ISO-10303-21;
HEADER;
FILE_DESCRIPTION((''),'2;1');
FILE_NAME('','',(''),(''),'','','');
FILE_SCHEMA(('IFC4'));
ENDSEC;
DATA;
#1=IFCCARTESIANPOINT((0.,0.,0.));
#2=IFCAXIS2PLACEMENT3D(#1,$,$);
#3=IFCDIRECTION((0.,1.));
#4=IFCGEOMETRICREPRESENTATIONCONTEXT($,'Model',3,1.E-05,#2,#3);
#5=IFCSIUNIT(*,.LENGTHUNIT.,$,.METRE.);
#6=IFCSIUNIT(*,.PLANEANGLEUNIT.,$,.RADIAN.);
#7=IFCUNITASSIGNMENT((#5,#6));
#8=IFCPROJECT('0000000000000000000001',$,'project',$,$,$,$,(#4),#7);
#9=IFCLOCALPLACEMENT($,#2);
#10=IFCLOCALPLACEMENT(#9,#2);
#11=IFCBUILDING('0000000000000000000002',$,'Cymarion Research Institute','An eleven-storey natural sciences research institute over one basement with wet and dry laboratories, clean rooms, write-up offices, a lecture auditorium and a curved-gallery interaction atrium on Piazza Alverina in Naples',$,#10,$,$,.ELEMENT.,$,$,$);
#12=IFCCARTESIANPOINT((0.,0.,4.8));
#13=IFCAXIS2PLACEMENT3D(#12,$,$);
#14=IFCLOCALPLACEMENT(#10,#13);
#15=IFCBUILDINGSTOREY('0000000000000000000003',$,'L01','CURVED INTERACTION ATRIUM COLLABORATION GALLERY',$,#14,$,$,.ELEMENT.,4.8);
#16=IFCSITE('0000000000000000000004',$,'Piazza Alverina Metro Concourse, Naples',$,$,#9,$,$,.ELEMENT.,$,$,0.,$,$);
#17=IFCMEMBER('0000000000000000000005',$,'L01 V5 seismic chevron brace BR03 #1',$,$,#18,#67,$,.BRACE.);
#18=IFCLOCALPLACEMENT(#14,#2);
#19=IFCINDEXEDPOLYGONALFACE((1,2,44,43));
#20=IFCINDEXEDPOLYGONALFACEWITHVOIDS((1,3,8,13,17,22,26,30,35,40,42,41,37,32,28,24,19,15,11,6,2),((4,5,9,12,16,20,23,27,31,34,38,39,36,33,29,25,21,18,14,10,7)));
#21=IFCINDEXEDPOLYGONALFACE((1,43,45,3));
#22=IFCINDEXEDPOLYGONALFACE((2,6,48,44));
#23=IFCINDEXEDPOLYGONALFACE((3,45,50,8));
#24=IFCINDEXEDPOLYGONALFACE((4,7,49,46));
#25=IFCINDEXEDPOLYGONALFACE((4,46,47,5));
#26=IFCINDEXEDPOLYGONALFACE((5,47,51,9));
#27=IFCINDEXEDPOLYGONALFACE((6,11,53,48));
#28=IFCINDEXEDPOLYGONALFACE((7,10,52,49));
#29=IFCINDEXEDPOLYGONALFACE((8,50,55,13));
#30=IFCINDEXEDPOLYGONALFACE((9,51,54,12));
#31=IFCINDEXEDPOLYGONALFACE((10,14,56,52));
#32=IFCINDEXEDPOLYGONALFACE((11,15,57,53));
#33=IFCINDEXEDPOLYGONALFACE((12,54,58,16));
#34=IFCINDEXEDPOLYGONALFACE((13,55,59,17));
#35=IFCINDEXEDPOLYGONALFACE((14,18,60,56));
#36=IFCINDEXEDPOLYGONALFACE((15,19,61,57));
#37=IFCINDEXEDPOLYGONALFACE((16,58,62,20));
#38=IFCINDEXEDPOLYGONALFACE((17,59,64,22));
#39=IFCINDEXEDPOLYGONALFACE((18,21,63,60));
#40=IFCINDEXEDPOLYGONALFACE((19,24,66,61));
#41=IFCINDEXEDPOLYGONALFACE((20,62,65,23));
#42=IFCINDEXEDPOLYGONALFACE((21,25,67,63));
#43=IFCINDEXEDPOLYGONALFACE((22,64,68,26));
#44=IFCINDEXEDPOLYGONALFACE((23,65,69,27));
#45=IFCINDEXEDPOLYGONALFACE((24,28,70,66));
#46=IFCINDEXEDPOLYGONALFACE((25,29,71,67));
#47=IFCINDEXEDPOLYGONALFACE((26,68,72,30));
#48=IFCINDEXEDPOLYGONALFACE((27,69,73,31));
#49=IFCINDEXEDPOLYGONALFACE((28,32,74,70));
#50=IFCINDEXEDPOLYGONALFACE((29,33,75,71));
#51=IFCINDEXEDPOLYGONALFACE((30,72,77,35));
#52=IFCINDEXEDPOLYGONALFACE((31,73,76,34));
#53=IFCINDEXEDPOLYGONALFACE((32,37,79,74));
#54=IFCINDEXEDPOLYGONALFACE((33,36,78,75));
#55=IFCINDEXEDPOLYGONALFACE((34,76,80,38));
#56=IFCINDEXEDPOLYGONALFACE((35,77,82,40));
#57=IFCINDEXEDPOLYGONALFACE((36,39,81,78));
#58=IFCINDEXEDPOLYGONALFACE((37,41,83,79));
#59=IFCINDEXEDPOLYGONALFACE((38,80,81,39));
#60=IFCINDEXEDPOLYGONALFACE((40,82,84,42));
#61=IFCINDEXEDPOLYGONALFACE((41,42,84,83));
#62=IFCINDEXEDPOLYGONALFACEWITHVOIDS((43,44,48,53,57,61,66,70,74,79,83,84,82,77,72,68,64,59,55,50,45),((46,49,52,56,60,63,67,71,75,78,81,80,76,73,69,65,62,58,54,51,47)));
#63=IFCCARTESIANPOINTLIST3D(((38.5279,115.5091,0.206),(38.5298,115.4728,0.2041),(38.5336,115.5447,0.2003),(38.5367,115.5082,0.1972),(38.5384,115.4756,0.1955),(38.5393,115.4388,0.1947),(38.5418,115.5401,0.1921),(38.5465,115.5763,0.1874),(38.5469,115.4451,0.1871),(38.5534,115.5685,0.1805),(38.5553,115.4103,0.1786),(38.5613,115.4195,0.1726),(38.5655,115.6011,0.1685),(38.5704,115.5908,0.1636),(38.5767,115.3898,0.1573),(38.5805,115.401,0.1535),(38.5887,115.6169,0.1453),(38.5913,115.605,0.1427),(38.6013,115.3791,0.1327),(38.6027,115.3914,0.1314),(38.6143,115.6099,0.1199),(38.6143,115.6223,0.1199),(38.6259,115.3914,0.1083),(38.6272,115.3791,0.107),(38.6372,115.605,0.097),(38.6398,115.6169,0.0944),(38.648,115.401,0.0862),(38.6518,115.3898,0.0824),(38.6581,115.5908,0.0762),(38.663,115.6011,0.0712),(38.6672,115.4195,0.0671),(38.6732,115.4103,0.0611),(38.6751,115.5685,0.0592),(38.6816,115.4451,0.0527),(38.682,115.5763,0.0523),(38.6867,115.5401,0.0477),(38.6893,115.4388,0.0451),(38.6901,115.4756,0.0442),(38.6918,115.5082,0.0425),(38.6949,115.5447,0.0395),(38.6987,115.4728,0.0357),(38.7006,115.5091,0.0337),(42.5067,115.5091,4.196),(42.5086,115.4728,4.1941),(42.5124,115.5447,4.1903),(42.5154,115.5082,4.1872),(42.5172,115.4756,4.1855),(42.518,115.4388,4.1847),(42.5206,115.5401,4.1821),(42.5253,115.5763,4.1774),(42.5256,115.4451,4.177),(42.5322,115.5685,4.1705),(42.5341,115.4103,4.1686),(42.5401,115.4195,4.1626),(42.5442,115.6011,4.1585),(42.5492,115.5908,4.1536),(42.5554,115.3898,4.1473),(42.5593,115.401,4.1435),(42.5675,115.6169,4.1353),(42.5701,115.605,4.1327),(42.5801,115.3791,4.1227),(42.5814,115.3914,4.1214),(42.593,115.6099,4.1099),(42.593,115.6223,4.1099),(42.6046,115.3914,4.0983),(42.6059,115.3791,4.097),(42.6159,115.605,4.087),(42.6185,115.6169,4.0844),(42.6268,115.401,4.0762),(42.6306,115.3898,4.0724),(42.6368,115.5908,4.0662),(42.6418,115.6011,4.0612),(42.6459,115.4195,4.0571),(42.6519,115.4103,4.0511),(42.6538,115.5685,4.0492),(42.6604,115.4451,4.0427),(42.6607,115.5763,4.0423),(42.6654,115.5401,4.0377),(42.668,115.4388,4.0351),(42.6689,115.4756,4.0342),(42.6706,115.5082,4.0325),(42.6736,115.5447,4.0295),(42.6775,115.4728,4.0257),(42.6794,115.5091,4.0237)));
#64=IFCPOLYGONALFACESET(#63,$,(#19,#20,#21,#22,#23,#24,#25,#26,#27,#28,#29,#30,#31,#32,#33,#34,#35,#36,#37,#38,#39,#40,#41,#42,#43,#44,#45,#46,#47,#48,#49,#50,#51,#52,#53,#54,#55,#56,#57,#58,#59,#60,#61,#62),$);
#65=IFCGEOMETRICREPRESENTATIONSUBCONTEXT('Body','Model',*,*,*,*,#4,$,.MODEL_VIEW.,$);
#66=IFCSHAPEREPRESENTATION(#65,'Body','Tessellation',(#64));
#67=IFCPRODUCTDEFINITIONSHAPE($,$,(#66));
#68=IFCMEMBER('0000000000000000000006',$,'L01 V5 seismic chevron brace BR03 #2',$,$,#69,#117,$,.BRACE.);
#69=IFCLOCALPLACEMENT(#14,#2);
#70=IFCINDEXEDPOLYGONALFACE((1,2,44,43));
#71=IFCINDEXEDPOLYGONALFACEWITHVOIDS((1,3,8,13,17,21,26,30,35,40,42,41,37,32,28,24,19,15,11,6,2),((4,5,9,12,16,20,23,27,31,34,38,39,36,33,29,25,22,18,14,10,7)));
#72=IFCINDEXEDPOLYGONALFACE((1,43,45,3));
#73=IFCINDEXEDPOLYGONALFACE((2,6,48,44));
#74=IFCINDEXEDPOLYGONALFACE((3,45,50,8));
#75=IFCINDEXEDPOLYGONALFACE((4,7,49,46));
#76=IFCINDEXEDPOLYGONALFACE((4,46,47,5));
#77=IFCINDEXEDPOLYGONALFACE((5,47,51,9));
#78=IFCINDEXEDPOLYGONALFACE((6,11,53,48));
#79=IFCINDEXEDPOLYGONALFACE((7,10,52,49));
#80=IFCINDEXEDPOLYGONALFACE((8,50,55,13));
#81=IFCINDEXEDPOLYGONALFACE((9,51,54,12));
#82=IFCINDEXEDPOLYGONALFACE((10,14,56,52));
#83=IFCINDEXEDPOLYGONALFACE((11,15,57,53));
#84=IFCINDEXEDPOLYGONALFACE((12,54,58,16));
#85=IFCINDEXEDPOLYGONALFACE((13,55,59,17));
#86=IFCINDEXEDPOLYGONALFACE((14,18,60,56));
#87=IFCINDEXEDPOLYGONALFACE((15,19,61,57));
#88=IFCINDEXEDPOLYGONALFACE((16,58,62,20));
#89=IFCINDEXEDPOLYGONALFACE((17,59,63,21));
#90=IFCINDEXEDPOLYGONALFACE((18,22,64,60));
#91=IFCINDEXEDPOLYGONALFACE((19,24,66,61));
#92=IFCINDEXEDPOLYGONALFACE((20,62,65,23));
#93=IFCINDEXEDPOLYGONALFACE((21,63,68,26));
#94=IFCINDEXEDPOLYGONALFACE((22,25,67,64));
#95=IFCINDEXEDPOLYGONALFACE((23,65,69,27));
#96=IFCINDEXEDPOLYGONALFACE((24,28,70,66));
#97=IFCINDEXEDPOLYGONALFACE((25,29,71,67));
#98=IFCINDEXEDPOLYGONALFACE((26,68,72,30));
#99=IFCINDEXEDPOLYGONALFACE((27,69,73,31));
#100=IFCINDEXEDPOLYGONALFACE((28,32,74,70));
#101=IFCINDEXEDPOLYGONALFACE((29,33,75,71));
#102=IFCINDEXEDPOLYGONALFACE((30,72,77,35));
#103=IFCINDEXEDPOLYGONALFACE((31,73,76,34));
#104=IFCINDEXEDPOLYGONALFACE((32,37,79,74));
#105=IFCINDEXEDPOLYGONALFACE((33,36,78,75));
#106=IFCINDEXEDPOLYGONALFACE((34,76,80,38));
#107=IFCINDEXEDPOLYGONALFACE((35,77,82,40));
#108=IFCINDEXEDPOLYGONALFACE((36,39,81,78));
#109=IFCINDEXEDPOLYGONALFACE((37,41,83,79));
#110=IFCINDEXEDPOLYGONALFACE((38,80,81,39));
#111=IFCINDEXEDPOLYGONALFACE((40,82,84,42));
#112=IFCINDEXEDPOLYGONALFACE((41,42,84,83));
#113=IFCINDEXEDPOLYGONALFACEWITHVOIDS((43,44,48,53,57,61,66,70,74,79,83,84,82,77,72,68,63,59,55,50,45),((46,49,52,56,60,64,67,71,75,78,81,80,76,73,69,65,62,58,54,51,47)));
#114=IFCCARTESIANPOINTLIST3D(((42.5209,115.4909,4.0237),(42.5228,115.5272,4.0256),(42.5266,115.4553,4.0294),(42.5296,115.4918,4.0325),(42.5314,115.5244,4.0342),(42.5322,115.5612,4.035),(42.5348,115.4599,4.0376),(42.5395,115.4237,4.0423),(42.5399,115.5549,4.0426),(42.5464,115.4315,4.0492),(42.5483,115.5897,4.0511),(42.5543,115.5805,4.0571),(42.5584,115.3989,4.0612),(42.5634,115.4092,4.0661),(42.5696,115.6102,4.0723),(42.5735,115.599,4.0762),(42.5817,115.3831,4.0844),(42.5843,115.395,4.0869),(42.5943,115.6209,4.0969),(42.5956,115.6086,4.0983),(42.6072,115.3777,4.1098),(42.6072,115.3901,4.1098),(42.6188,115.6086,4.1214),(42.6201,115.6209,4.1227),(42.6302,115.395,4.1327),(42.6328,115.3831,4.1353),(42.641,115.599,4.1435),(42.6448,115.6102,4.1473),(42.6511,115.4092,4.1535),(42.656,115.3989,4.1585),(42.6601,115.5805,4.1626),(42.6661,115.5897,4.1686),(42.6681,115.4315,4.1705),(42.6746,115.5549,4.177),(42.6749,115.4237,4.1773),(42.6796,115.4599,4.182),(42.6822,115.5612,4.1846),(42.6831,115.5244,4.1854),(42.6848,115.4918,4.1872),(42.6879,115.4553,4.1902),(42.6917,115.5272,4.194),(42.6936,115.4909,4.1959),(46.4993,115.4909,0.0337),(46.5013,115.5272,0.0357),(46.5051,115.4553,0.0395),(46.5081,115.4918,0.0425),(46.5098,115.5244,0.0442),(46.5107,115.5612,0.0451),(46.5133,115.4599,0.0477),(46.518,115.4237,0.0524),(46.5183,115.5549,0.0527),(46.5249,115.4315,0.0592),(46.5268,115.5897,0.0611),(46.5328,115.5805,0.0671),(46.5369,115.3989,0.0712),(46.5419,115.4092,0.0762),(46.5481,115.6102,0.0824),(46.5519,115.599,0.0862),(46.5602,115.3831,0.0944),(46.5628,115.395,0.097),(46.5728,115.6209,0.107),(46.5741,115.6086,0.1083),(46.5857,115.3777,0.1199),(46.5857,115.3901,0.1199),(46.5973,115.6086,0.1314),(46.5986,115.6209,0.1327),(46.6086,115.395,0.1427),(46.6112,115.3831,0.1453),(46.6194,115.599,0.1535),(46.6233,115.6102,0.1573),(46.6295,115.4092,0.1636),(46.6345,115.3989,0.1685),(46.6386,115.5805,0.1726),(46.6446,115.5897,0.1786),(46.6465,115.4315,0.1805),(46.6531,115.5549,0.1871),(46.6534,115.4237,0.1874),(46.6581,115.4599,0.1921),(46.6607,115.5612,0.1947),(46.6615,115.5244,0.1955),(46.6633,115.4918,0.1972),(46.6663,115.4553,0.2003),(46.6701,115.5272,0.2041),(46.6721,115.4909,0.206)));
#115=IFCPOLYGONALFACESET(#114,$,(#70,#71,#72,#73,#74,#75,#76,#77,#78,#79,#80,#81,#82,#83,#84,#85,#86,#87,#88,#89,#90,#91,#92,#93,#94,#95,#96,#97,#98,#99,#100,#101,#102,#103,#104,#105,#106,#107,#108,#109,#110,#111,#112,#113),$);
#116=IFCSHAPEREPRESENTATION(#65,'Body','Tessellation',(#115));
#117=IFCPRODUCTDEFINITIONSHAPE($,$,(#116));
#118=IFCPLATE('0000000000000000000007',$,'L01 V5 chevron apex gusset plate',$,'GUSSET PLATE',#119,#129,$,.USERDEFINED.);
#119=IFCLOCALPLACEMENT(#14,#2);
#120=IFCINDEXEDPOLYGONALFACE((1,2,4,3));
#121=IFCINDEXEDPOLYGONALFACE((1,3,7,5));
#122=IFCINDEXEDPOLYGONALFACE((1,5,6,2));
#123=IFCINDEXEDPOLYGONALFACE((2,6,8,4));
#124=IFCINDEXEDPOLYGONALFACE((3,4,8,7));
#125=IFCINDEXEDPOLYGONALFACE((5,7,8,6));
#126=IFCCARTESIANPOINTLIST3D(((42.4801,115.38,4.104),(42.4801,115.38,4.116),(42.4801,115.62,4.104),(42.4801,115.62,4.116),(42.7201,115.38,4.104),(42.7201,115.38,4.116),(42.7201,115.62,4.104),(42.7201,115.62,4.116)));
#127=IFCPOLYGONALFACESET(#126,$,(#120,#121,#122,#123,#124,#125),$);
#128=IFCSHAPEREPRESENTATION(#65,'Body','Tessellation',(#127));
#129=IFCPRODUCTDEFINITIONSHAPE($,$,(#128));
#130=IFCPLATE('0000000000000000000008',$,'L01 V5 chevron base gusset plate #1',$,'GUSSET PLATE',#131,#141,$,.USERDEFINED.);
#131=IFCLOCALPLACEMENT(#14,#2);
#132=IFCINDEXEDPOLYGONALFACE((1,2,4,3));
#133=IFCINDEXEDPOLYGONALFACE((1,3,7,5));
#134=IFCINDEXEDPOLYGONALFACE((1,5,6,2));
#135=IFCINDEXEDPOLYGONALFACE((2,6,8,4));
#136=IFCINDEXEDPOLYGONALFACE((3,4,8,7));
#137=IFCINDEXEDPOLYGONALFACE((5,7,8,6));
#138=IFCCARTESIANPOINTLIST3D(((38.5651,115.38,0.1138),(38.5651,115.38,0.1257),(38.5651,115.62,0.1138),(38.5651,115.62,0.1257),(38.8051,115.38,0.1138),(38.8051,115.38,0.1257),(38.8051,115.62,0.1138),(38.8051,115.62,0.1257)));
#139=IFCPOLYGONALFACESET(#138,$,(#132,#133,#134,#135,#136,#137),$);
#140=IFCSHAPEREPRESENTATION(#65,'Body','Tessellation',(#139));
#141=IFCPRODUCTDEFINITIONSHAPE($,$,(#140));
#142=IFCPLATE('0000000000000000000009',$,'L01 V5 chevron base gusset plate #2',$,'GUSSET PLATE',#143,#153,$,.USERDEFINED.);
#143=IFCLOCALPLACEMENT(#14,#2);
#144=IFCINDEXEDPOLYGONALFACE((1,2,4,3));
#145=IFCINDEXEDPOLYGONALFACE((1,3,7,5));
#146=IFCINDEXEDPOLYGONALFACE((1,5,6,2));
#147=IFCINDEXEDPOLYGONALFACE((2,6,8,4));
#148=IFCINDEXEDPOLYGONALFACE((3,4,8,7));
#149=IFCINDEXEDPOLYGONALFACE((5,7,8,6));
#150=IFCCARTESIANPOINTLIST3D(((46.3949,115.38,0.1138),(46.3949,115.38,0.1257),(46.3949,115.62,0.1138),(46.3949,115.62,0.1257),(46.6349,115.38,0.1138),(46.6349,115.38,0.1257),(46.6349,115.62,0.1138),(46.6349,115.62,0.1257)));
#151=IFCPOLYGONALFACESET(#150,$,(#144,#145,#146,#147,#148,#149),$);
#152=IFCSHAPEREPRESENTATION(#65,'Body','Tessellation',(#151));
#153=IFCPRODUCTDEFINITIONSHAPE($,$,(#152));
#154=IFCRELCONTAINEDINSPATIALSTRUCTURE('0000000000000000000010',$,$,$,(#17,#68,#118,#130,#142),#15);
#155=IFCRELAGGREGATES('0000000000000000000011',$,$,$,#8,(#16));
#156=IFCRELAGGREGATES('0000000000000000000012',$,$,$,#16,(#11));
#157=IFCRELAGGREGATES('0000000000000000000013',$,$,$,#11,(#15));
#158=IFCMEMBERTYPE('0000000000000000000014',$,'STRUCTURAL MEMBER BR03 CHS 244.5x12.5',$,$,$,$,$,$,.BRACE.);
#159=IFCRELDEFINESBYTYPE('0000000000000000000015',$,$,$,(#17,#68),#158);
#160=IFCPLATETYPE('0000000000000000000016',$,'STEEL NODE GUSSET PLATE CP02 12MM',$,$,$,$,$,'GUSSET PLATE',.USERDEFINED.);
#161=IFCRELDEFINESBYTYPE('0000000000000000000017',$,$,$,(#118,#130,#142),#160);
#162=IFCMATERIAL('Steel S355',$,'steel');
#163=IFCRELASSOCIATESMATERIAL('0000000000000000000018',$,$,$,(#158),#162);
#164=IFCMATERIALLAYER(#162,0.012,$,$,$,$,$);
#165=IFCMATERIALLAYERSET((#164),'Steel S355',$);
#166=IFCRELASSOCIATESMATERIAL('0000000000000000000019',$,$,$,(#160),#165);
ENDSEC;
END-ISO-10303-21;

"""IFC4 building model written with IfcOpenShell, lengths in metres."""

from ifc_helpers import new_model, si_unit, direction, frame, origin, origin_2d, place, context, subcontext, project, spatial, rectangle, hollow_circle, extrude, material, layer, layer_set, material_profile, profile_set, type_object, element, save


model = new_model("IFC4")

# Units and contexts
model_context = context("Model", 3, precision=1e-05, world=origin(), true_north=direction((0.0, 1.0)))
body_context = subcontext(model_context, "Body", "Model", "MODEL_VIEW")
ifc_project = project(units=[si_unit("LENGTHUNIT", "METRE"), si_unit("PLANEANGLEUNIT", "RADIAN")], contexts=[model_context])

# Site, building, storey
site_placement = place(None, origin())
site = spatial("IfcSite", under=ifc_project, at=site_placement, Name="Piazza Alverina Metro Concourse, Naples", CompositionType="ELEMENT", RefElevation=0.0)
building_placement = place(site_placement, origin())
building = spatial("IfcBuilding", under=site, at=building_placement, Name="Cymarion Research Institute", Description="An eleven-storey natural sciences research institute over one basement with wet and dry laboratories, clean rooms, write-up offices, a lecture auditorium and a curved-gallery interaction atrium on Piazza Alverina in Naples", CompositionType="ELEMENT")
storey_placement = place(building_placement, frame((0.0, 0.0, 4.8)))
storey = spatial("IfcBuildingStorey", under=building, at=storey_placement, Name="L01", Description="CURVED INTERACTION ATRIUM COLLABORATION GALLERY", CompositionType="ELEMENT", Elevation=4.8)

# Shared definitions
ifc_material_1 = material(Name="Steel S355", Category="steel")

# Members
ifc_material_profile_1 = material_profile(ifc_material_1, hollow_circle(Radius=0.1223, WallThickness=0.0125, at=origin_2d()), Name="CHS 244.5x12.5")
ifc_profile_set_1 = profile_set([ifc_material_profile_1], Name="Steel S355")
member_type_1 = type_object("IfcMemberType", Name="STRUCTURAL MEMBER BR03 CHS 244.5x12.5", PredefinedType="BRACE", material=ifc_profile_set_1)
member_1_placement = place(storey_placement, frame((38.6143, 115.5, 0.1199), z_axis=(0.70611, 0.0, 0.708103), x_axis=(0.0, 1.0, 0.0)))
element("IfcMember", 1, at=member_1_placement, inside=storey, type_object=member_type_1, Name="L01 V5 seismic chevron brace BR03 #1", PredefinedType="BRACE", context=body_context, shape_type="SweptSolid", body=[
    extrude(hollow_circle(Radius=0.1223, WallThickness=0.0125, at=origin_2d()), origin(), (0.0, 0.0, 1.0), 5.6348),
])
member_2_placement = place(storey_placement, frame((46.5857, 115.5, 0.1199), z_axis=(-0.706088, 0.0, 0.708124), x_axis=(0.0, -1.0, 0.0)))
element("IfcMember", 2, at=member_2_placement, inside=storey, type_object=member_type_1, Name="L01 V5 seismic chevron brace BR03 #2", PredefinedType="BRACE", context=body_context, shape_type="SweptSolid", body=[
    extrude(hollow_circle(Radius=0.1223, WallThickness=0.0125, at=origin_2d()), origin(), (0.0, 0.0, 1.0), 5.6345),
])

# Plates
ifc_layer_1 = layer(ifc_material_1, 0.012)
ifc_layer_set_1 = layer_set([ifc_layer_1], Name="Steel S355")
plate_type = type_object("IfcPlateType", Name="STEEL NODE GUSSET PLATE CP02 12MM", ElementType="GUSSET PLATE", PredefinedType="USERDEFINED", material=ifc_layer_set_1)
for number, where, z_axis, x_axis, name in (
    (3, (42.6001, 115.5, 4.104), (0.0, 0.0, 1.0), (1.0, 0.0, 0.0), "L01 V5 chevron apex gusset plate"),
    (4, (38.6851, 115.5, 0.1138), (0.0, 0.0, 1.0), (1.0, 0.0, 0.0), "L01 V5 chevron base gusset plate #1"),
    (5, (46.5149, 115.5, 0.1138), (0.0, 0.0, 1.0), (1.0, 0.0, 0.0), "L01 V5 chevron base gusset plate #2"),
):
    element("IfcPlate", number, at=place(storey_placement, frame(where, z_axis=z_axis, x_axis=x_axis)), inside=storey, type_object=plate_type, Name=name, ObjectType="GUSSET PLATE", PredefinedType="USERDEFINED", context=body_context, shape_type="SweptSolid", body=[
        extrude(rectangle(XDim=0.24, YDim=0.24, at=origin_2d()), origin(), (0.0, 0.0, 1.0), 0.012),
    ])

save(model, "model.ifc")
